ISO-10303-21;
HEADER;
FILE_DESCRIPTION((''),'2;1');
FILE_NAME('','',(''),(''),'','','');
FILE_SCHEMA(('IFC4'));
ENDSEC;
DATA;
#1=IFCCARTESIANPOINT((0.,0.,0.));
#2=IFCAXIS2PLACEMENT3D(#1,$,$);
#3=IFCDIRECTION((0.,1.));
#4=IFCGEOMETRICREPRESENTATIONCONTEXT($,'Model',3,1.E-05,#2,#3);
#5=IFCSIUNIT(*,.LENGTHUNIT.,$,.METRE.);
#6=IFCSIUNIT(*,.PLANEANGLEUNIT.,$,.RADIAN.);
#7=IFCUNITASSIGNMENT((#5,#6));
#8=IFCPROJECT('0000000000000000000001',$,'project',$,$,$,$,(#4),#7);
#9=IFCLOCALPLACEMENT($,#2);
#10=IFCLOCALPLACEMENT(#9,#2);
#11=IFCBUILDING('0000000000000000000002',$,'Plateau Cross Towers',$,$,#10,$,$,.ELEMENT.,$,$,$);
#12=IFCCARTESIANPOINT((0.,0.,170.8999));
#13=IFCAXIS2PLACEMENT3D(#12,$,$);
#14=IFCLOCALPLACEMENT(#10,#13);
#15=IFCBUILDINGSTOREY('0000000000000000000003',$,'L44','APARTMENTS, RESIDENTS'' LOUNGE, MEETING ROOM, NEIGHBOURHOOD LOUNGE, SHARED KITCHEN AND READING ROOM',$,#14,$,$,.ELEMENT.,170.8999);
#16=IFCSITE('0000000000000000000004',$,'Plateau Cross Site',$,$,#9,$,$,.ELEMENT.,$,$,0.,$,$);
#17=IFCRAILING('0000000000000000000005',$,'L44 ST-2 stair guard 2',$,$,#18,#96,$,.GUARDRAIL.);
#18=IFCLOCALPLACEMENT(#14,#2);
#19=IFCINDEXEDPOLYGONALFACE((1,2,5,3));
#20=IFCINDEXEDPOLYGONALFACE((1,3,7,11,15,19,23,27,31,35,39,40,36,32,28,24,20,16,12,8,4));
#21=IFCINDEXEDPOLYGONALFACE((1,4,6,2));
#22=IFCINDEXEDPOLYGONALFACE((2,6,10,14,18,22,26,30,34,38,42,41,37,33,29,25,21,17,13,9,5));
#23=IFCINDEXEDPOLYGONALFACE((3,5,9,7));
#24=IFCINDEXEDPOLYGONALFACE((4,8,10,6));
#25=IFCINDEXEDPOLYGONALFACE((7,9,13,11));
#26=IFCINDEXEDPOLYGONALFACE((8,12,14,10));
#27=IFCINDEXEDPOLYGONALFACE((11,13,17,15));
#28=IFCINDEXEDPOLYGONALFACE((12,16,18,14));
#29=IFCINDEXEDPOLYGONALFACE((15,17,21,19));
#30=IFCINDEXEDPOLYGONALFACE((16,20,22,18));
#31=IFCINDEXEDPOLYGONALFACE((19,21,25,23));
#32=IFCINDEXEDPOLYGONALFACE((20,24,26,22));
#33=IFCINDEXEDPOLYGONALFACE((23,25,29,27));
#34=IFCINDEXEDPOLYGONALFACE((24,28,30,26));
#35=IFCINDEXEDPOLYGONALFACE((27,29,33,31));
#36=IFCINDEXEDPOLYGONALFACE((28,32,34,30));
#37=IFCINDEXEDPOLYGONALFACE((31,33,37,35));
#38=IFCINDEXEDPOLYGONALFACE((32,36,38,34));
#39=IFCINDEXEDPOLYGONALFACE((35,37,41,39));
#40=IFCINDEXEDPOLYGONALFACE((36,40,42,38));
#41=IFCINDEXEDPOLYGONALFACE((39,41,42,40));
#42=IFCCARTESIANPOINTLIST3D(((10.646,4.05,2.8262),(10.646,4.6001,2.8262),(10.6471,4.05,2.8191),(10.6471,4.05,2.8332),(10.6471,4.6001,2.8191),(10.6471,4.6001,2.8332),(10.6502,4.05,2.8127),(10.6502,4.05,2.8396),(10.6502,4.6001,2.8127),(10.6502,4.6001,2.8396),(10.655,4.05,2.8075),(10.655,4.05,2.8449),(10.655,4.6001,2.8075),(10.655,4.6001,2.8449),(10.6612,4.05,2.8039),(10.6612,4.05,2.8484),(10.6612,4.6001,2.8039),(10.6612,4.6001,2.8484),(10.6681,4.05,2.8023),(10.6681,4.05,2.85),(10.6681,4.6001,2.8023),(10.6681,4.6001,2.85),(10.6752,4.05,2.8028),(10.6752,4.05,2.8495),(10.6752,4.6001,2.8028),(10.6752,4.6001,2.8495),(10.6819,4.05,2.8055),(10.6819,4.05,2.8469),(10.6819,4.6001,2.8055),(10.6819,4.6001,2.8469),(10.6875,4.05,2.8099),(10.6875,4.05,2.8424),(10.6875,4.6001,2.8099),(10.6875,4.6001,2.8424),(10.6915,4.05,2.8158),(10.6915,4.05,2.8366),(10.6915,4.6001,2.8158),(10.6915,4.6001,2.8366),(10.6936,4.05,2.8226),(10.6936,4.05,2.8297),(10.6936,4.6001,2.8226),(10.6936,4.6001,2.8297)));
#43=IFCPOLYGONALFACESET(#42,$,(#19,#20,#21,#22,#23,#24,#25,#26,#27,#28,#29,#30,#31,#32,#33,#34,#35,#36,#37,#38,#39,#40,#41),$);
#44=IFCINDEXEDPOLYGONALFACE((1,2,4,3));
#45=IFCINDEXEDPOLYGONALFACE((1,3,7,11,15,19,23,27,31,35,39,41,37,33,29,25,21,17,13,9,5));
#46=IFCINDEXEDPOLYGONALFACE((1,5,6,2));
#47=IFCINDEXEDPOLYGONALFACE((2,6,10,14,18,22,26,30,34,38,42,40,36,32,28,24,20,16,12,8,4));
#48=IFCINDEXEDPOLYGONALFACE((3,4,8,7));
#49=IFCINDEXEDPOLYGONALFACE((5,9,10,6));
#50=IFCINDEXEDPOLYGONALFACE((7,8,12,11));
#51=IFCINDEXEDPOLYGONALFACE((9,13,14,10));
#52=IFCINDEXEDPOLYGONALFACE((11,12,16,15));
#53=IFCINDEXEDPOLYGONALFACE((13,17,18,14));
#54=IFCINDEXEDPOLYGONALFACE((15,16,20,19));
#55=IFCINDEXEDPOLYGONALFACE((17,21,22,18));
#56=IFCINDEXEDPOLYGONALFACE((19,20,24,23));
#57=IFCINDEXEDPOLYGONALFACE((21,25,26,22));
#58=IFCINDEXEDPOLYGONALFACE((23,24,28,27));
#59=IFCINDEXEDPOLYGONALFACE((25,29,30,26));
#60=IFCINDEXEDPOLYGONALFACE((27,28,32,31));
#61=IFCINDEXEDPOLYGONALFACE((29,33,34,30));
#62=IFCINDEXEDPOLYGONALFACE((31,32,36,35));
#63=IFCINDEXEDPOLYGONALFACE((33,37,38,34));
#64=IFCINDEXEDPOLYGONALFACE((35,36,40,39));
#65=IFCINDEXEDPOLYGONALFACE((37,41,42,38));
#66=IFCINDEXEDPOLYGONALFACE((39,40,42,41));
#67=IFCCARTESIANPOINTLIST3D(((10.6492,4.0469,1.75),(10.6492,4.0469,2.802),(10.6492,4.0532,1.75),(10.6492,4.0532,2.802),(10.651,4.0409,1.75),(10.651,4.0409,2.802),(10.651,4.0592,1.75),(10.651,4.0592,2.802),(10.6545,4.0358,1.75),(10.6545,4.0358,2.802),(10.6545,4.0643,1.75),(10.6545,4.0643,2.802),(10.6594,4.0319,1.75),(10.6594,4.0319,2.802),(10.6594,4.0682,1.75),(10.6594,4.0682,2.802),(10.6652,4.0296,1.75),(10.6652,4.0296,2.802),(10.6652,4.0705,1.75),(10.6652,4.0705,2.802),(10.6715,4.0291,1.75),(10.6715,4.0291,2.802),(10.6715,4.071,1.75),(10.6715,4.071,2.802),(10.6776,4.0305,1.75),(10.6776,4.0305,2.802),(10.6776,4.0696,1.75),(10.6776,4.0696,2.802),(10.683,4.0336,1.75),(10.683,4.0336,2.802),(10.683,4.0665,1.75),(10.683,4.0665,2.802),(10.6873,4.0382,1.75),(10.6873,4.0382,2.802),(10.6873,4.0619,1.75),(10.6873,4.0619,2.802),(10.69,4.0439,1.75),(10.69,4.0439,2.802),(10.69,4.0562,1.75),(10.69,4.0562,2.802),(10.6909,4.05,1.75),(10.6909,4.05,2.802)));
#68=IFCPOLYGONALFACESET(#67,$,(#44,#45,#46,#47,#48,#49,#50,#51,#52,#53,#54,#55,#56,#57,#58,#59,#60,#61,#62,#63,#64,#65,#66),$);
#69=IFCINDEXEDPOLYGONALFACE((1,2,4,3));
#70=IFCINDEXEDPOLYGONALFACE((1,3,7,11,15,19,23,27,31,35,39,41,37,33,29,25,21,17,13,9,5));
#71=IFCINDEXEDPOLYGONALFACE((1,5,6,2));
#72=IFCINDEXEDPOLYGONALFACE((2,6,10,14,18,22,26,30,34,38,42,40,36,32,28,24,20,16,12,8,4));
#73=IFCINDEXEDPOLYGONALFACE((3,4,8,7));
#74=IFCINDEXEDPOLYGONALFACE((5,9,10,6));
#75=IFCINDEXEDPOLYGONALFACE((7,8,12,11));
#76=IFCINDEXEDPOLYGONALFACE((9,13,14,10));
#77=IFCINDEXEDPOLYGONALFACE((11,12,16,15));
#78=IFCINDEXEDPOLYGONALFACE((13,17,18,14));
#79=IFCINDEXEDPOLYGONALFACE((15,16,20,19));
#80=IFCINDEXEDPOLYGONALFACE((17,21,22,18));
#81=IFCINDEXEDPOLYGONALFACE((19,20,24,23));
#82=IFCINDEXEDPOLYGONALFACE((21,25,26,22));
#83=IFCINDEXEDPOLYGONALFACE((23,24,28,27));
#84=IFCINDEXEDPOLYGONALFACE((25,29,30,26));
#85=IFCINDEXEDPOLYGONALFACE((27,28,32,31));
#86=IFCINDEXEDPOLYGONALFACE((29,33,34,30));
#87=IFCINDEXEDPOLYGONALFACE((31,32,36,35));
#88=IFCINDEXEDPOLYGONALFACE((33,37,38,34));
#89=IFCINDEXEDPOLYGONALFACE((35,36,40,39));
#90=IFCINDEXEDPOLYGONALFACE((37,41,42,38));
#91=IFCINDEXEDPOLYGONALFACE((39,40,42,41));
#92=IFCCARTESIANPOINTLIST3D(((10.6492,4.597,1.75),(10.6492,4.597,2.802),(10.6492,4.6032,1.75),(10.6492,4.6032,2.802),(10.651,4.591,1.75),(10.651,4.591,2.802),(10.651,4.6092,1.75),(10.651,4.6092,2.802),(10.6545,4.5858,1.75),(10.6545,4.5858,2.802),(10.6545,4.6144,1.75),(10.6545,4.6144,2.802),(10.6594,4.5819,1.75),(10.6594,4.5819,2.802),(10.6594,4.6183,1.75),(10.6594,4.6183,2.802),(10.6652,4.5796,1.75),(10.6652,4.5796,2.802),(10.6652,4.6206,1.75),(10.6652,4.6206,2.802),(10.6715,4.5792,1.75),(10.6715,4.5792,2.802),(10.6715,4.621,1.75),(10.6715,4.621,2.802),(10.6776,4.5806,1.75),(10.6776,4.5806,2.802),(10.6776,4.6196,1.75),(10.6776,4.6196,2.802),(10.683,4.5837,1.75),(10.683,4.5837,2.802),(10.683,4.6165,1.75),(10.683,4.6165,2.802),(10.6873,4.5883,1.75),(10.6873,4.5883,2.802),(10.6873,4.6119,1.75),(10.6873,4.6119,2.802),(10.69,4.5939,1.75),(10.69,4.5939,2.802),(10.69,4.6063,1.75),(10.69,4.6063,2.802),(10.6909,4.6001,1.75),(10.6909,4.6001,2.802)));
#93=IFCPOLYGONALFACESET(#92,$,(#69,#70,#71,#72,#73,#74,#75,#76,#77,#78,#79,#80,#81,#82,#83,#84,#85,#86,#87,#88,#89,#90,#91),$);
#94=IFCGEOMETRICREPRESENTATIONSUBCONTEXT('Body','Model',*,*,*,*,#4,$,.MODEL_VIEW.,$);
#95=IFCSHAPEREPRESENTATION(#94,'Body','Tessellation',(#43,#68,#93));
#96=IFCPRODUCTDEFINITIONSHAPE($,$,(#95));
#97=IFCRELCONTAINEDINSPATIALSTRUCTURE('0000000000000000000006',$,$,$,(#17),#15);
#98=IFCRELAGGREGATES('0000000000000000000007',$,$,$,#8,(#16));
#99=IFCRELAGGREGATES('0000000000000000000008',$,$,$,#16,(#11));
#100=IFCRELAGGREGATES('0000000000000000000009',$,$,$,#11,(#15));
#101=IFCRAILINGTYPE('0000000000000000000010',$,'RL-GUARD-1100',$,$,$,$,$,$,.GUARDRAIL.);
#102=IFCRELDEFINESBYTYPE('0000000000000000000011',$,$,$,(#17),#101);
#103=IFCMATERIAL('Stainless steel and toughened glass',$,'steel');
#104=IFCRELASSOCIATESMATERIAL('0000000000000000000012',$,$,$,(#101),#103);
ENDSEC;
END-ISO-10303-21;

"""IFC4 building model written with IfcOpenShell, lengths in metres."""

from ifc_helpers import new_model, si_unit, direction, frame, origin, origin_2d, place, context, subcontext, project, spatial, circle, extrude, material, type_object, element, save


model = new_model("IFC4")

# Units and contexts
model_context = context("Model", 3, precision=1e-05, world=origin(), true_north=direction((0.0, 1.0)))
body_context = subcontext(model_context, "Body", "Model", "MODEL_VIEW")
ifc_project = project(units=[si_unit("LENGTHUNIT", "METRE"), si_unit("PLANEANGLEUNIT", "RADIAN")], contexts=[model_context])

# Site, building, storey
site_placement = place(None, origin())
site = spatial("IfcSite", under=ifc_project, at=site_placement, Name="Plateau Cross Site", CompositionType="ELEMENT", RefElevation=0.0)
building_placement = place(site_placement, origin())
building = spatial("IfcBuilding", under=site, at=building_placement, Name="Plateau Cross Towers", CompositionType="ELEMENT")
storey_placement = place(building_placement, frame((0.0, 0.0, 170.8999)))
storey = spatial("IfcBuildingStorey", under=building, at=storey_placement, Name="L44", Description="APARTMENTS, RESIDENTS' LOUNGE, MEETING ROOM, NEIGHBOURHOOD LOUNGE, SHARED KITCHEN AND READING ROOM", CompositionType="ELEMENT", Elevation=170.8999)

# Railing
ifc_material_1 = material(Name="Stainless steel and toughened glass", Category="steel")
railing_type_1 = type_object("IfcRailingType", Name="RL-GUARD-1100", PredefinedType="GUARDRAIL", material=ifc_material_1)
railing_1_placement = place(storey_placement, frame((10.6699, 4.05, 1.75)))
element("IfcRailing", 1, at=railing_1_placement, inside=storey, type_object=railing_type_1, Name="L44 ST-2 stair guard 2", PredefinedType="GUARDRAIL", context=body_context, shape_type="SweptSolid", body=[
    extrude(circle(Radius=0.0239, at=origin_2d()), frame((0.0, 0.0, 1.0762), z_axis=(0.0, 1.0, 0.0), x_axis=(-1.0, 0.0, 0.0)), (0.0, 0.0, 1.0), 0.55),
    extrude(circle(Radius=0.021, at=origin_2d()), origin(), (0.0, 0.0, 1.0), 1.052),
    extrude(circle(Radius=0.021, at=origin_2d()), frame((0.0, 0.55, 0.0)), (0.0, 0.0, 1.0), 1.052),
])

save(model, "model.ifc")
